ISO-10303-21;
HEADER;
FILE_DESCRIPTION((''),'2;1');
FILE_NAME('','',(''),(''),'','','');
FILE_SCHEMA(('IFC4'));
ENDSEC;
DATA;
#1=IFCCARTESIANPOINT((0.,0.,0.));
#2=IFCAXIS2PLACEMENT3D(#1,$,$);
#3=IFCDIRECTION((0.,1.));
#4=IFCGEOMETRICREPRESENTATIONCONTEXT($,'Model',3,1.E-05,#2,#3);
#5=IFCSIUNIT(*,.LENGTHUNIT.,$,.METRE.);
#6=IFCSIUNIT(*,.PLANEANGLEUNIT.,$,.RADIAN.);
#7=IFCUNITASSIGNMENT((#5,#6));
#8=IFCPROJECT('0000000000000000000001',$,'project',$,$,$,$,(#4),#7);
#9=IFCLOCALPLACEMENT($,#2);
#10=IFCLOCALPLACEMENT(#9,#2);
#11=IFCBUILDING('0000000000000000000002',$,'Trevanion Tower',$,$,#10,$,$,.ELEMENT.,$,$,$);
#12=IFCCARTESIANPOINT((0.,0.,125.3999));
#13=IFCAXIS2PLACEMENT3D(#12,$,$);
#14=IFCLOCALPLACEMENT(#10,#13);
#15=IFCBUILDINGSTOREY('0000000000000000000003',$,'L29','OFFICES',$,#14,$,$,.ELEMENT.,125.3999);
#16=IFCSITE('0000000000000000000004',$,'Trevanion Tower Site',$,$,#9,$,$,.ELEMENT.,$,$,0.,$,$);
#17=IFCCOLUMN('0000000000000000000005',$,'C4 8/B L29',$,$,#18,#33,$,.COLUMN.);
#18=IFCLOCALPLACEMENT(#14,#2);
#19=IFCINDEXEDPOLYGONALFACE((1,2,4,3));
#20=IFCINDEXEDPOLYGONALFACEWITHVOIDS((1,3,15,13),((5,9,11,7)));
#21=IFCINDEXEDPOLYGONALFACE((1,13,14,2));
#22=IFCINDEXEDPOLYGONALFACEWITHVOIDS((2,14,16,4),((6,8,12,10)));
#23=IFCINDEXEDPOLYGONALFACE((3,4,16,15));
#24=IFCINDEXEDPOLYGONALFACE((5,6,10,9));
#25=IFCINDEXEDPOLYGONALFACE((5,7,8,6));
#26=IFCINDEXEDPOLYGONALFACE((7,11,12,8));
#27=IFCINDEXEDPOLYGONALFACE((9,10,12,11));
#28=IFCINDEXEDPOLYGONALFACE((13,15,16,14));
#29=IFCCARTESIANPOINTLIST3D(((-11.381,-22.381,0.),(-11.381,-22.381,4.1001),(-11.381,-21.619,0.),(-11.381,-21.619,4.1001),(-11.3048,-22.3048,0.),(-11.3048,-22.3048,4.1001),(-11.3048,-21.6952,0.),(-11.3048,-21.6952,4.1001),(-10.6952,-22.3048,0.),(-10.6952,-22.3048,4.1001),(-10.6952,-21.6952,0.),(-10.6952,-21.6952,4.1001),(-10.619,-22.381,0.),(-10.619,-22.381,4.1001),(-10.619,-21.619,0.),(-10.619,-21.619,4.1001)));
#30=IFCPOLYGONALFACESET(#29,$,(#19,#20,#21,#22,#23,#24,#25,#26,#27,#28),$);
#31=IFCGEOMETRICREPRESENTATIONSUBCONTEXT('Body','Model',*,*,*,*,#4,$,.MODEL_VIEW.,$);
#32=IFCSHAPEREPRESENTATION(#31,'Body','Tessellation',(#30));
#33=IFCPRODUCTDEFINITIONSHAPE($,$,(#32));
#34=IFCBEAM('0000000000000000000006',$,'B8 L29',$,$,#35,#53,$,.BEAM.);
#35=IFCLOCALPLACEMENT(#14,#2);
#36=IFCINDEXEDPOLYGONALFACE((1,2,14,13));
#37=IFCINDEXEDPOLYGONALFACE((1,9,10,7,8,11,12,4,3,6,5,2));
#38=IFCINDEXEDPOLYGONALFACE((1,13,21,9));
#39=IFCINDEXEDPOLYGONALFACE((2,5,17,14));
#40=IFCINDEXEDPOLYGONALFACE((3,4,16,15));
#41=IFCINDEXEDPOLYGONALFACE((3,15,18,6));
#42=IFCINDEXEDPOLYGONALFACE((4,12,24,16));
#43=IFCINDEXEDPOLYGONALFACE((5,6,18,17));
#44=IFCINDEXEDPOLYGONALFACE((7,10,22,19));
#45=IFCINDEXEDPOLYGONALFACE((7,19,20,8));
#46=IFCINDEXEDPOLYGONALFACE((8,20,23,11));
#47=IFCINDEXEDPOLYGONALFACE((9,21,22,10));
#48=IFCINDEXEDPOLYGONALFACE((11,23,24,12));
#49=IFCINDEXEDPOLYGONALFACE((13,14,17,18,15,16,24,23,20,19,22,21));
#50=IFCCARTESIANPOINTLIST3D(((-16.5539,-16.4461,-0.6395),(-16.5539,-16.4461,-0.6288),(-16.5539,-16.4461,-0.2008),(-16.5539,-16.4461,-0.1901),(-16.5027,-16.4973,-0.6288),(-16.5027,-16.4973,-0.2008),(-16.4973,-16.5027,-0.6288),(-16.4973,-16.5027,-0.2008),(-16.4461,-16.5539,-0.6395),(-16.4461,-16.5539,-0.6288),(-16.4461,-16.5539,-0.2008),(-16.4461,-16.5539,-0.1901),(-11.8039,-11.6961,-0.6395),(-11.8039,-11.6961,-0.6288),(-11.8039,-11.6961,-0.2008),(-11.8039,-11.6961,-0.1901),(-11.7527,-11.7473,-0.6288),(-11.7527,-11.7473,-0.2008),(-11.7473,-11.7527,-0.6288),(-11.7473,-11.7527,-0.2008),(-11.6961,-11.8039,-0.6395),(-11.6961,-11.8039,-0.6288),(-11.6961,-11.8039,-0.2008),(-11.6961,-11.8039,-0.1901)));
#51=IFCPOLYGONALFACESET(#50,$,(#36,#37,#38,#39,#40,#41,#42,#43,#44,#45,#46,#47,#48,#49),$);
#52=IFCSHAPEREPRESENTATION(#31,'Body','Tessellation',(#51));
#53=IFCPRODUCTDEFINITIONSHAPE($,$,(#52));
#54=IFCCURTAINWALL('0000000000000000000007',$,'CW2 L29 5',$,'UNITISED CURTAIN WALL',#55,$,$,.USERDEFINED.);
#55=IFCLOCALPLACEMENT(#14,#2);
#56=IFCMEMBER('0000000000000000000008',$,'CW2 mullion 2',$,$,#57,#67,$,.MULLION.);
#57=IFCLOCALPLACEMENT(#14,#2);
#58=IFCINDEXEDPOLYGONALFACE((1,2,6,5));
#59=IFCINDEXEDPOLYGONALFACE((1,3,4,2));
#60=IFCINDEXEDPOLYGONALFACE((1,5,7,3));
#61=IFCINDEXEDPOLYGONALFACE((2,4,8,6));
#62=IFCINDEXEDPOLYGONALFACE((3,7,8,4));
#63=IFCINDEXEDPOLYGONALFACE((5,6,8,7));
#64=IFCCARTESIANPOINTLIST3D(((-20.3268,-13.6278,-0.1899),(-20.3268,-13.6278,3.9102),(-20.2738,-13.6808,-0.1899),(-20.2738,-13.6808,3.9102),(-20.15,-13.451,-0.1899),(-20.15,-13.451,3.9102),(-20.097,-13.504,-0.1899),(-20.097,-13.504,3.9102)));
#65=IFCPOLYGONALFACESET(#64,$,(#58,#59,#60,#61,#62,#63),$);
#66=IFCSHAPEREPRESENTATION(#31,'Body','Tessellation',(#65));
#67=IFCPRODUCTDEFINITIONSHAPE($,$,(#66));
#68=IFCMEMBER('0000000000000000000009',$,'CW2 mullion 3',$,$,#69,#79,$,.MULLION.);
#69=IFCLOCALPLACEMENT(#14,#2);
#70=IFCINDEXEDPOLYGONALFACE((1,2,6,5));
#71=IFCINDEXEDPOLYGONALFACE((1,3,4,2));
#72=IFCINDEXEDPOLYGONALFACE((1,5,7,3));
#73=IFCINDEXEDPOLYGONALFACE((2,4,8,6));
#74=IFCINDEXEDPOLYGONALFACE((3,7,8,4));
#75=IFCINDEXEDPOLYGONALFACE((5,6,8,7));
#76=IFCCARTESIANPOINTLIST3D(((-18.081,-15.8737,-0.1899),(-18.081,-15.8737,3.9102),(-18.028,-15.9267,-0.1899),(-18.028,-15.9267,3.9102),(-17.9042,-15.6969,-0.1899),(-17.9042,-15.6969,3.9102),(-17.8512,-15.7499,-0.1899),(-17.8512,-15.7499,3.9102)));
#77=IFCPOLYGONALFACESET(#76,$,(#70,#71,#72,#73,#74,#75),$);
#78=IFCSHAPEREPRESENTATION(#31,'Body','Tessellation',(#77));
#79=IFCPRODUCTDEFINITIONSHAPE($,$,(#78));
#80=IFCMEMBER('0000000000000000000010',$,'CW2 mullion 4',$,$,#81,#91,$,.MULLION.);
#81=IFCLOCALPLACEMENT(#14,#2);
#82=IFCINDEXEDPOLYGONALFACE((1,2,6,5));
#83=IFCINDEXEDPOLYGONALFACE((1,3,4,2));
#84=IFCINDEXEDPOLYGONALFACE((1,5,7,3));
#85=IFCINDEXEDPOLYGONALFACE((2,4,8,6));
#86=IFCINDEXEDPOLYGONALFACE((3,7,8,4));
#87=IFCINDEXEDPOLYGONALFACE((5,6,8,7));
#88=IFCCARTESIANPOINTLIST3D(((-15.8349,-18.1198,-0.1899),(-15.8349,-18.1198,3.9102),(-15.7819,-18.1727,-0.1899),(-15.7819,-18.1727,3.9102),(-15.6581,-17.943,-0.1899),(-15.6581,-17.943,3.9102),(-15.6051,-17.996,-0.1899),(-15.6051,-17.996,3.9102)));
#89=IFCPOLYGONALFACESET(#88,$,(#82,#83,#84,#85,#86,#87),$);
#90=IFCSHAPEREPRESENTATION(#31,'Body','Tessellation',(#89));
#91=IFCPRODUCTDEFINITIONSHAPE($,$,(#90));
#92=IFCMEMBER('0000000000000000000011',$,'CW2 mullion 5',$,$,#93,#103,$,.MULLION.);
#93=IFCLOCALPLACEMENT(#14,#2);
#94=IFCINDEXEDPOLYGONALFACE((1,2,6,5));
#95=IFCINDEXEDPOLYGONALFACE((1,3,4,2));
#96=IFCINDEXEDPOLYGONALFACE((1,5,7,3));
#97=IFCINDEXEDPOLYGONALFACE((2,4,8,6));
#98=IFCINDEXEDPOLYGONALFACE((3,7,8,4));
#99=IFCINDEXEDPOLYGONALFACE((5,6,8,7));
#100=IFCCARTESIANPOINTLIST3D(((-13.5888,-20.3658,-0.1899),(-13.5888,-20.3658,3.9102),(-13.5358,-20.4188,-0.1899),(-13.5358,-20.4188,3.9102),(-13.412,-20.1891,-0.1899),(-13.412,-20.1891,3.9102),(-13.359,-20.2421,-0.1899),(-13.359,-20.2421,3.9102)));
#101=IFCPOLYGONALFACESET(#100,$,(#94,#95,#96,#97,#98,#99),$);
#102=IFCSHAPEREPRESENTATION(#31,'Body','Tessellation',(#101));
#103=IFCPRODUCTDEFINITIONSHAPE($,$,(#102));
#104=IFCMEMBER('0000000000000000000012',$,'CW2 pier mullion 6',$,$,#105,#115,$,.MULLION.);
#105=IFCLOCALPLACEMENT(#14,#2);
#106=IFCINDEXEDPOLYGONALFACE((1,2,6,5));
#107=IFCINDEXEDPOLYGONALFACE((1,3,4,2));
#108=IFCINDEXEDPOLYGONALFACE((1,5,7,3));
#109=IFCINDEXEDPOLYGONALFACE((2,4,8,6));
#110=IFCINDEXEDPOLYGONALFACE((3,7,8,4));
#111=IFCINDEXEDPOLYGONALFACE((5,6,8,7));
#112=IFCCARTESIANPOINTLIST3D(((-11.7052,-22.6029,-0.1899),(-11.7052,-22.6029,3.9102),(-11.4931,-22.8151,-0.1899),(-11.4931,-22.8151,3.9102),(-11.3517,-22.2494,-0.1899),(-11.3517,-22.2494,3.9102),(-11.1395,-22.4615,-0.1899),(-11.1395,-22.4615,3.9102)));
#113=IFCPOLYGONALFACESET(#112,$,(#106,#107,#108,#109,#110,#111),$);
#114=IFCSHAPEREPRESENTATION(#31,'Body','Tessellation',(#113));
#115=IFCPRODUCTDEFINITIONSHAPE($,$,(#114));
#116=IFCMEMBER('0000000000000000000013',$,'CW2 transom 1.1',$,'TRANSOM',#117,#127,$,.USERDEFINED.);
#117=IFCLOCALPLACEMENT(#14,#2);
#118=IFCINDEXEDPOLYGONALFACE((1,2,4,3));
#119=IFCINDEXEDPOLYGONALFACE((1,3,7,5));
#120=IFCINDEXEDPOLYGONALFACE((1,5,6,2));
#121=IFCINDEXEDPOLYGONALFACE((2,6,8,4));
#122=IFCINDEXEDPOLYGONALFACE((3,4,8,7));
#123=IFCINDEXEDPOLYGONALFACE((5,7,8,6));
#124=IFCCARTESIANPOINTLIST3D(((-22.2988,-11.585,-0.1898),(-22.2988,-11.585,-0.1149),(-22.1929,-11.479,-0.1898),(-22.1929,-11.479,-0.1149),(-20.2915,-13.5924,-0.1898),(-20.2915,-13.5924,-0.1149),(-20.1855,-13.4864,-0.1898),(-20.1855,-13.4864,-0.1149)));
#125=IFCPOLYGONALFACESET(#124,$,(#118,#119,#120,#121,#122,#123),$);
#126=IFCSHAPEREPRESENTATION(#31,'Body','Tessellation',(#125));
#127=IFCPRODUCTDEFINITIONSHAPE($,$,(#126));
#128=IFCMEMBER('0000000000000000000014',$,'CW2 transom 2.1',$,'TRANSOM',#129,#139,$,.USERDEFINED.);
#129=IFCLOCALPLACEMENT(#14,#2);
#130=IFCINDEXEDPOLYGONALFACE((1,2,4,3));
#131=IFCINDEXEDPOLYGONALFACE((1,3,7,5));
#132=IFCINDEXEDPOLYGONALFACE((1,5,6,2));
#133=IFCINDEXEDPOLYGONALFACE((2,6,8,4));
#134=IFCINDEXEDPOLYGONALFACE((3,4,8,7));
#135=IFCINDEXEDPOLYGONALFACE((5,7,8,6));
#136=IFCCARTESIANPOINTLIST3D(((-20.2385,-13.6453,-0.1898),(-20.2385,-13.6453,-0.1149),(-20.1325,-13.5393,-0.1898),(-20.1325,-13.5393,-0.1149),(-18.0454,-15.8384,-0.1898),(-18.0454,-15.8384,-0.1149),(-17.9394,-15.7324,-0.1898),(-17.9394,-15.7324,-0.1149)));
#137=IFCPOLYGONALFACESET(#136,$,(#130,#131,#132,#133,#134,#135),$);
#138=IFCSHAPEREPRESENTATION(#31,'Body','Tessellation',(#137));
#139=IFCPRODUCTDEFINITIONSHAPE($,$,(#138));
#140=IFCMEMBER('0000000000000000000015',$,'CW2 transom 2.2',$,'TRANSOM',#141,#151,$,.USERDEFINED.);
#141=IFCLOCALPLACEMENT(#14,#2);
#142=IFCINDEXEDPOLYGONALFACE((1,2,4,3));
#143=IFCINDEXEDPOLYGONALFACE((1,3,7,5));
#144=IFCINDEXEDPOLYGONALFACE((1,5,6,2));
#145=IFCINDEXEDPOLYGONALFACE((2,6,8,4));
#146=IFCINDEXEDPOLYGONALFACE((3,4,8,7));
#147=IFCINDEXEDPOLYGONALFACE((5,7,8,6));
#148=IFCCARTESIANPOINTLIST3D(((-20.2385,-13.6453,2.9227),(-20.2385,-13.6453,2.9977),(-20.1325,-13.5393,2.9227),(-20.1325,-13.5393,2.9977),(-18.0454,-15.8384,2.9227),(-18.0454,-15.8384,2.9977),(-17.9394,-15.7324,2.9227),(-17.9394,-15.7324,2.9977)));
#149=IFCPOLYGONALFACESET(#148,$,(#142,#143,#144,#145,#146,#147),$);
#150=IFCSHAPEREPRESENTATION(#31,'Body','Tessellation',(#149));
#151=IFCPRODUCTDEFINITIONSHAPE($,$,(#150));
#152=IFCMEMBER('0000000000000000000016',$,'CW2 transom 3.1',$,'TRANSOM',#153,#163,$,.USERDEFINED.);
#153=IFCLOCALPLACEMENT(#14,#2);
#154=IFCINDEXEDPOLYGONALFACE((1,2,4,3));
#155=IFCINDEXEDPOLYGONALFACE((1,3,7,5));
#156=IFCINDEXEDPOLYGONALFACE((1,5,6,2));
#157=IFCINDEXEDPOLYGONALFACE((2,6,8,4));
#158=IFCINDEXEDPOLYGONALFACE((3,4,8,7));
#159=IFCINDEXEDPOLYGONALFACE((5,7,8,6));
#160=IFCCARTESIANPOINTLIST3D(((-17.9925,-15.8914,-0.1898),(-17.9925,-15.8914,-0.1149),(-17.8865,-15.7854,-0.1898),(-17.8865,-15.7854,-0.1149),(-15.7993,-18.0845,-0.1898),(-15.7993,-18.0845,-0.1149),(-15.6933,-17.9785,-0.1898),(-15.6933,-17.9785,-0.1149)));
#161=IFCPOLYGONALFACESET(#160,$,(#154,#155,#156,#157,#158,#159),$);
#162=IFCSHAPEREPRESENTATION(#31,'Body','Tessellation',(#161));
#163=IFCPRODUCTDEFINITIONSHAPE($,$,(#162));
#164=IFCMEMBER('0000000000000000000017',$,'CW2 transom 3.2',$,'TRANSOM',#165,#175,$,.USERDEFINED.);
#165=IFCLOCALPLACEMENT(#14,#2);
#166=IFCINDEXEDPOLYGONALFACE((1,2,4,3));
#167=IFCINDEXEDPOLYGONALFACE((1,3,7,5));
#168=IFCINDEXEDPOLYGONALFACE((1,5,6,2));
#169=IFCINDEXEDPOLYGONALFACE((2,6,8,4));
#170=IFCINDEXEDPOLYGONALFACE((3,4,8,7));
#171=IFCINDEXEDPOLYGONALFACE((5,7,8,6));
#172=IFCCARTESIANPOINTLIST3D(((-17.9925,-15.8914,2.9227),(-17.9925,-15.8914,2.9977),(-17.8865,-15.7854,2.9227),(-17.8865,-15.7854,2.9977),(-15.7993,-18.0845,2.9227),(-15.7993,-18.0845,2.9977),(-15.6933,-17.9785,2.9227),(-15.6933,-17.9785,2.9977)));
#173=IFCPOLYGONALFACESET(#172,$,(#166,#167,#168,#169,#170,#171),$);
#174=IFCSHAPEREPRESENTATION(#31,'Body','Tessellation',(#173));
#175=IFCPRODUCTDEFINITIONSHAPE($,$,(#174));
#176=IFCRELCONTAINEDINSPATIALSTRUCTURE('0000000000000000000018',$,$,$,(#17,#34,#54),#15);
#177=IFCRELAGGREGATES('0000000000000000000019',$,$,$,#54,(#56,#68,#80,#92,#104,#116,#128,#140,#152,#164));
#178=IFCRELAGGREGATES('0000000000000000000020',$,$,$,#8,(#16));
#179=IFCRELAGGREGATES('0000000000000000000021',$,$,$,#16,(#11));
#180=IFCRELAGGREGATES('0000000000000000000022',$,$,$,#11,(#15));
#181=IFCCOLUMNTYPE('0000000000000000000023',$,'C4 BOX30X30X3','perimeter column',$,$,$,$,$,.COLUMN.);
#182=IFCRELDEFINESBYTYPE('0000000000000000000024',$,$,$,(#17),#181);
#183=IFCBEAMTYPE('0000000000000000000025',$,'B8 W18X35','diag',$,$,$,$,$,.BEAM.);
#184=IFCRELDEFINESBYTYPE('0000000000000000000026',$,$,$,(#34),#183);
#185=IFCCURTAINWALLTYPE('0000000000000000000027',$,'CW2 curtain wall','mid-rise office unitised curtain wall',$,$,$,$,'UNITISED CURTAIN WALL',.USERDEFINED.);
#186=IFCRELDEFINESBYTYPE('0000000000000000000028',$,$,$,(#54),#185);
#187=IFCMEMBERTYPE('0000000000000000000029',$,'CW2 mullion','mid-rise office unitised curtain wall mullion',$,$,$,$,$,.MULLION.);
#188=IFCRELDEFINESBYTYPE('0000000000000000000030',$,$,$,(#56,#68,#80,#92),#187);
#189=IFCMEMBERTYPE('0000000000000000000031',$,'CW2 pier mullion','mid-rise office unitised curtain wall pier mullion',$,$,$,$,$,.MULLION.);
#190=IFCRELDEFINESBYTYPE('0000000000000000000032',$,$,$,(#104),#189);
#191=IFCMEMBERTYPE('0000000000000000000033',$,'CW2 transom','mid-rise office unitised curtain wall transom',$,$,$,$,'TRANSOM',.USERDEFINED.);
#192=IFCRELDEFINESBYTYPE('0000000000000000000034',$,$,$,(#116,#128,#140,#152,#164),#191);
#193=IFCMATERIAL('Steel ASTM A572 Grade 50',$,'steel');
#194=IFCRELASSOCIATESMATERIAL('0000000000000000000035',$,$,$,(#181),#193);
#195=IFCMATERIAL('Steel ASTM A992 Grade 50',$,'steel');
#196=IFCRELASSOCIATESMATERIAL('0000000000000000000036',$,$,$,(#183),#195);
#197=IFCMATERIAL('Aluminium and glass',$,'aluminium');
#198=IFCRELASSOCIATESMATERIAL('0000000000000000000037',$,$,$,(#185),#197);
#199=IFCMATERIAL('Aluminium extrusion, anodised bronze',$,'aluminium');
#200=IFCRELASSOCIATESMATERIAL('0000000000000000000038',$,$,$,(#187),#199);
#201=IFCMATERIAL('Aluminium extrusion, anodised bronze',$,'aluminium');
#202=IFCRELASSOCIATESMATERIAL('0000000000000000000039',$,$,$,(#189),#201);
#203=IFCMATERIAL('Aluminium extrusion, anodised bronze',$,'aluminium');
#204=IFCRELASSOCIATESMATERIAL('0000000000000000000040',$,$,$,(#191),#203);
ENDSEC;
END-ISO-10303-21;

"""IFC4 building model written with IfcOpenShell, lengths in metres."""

from ifc_helpers import new_model, si_unit, direction, frame, origin, origin_2d, place, context, subcontext, project, spatial, rectangle, hollow_rectangle, i_section, extrude, material, material_profile, profile_set, type_object, element, aggregate, save


model = new_model("IFC4")

# Units and contexts
model_context = context("Model", 3, precision=1e-05, world=origin(), true_north=direction((0.0, 1.0)))
body_context = subcontext(model_context, "Body", "Model", "MODEL_VIEW")
ifc_project = project(units=[si_unit("LENGTHUNIT", "METRE"), si_unit("PLANEANGLEUNIT", "RADIAN")], contexts=[model_context])

# Site, building, storey
site_placement = place(None, origin())
site = spatial("IfcSite", under=ifc_project, at=site_placement, Name="Trevanion Tower Site", CompositionType="ELEMENT", RefElevation=0.0)
building_placement = place(site_placement, origin())
building = spatial("IfcBuilding", under=site, at=building_placement, Name="Trevanion Tower", CompositionType="ELEMENT")
storey_placement = place(building_placement, frame((0.0, 0.0, 125.3999)))
storey = spatial("IfcBuildingStorey", under=building, at=storey_placement, Name="L29", Description="OFFICES", CompositionType="ELEMENT", Elevation=125.3999)

# Column
ifc_material_1 = material(Name="Steel ASTM A572 Grade 50", Category="steel")
ifc_material_profile_1 = material_profile(ifc_material_1, hollow_rectangle(XDim=0.762, YDim=0.762, WallThickness=0.0762, at=origin_2d()), Name="BOX30X30X3")
ifc_profile_set_1 = profile_set([ifc_material_profile_1], Name="Steel ASTM A572 Grade 50")
column_type = type_object("IfcColumnType", Name="C4 BOX30X30X3", Description="perimeter column", PredefinedType="COLUMN", material=ifc_profile_set_1)
column_placement = place(storey_placement, frame((-11.0, -22.0, 0.0), z_axis=(0.0, 0.0, 1.0), x_axis=(1.0, 0.0, 0.0)))
element("IfcColumn", 1, at=column_placement, inside=storey, type_object=column_type, Name="C4 8/B L29", PredefinedType="COLUMN", context=body_context, shape_type="SweptSolid", body=[
    extrude(hollow_rectangle(XDim=0.762, YDim=0.762, WallThickness=0.0762, at=origin_2d()), origin(), (0.0, 0.0, 1.0), 4.1001),
])

# Beam
ifc_material_2 = material(Name="Steel ASTM A992 Grade 50", Category="steel")
ifc_material_profile_2 = material_profile(ifc_material_2, i_section(OverallWidth=0.1523, OverallDepth=0.4495, WebThickness=0.0076, FlangeThickness=0.0107, at=origin_2d()), Name="W18X35")
ifc_profile_set_2 = profile_set([ifc_material_profile_2], Name="Steel ASTM A992 Grade 50")
beam_type_1 = type_object("IfcBeamType", Name="B8 W18X35", Description="diag", PredefinedType="BEAM", material=ifc_profile_set_2)
beam_1_placement = place(storey_placement, frame((-11.75, -11.75, -0.4148), z_axis=(-0.707107, -0.707107, 0.0), x_axis=(0.707107, -0.707107, 0.0)))
element("IfcBeam", 2, at=beam_1_placement, inside=storey, type_object=beam_type_1, Name="B8 L29", PredefinedType="BEAM", context=body_context, shape_type="SweptSolid", body=[
    extrude(i_section(OverallWidth=0.1523, OverallDepth=0.4495, WebThickness=0.0076, FlangeThickness=0.0107, at=origin_2d()), origin(), (0.0, 0.0, 1.0), 6.7175),
])

# Curtain wall, members
ifc_material_3 = material(Name="Aluminium and glass", Category="aluminium")
curtain_wall_type = type_object("IfcCurtainWallType", Name="CW2 curtain wall", Description="mid-rise office unitised curtain wall", ElementType="UNITISED CURTAIN WALL", PredefinedType="USERDEFINED", material=ifc_material_3)
curtain_wall_placement = place(storey_placement, origin())
curtain_wall = element("IfcCurtainWall", 3, at=curtain_wall_placement, inside=storey, type_object=curtain_wall_type, Name="CW2 L29 5", ObjectType="UNITISED CURTAIN WALL", PredefinedType="USERDEFINED")
ifc_material_4 = material(Name="Aluminium extrusion, anodised bronze", Category="aluminium")
ifc_material_profile_3 = material_profile(ifc_material_4, rectangle(XDim=0.075, YDim=0.25, at=origin_2d()), Name="CW2 mullion")
ifc_profile_set_3 = profile_set([ifc_material_profile_3], Name="Aluminium extrusion, anodised bronze")
member_type_1 = type_object("IfcMemberType", Name="CW2 mullion", Description="mid-rise office unitised curtain wall mullion", PredefinedType="MULLION", material=ifc_profile_set_3)
member_1_placement = place(storey_placement, frame((-20.2119, -13.5659, -0.1899), z_axis=(0.0, 0.0, 1.0), x_axis=(0.707107, -0.707107, 0.0)))
member_1 = element("IfcMember", 4, at=member_1_placement, type_object=member_type_1, Name="CW2 mullion 2", PredefinedType="MULLION", context=body_context, shape_type="SweptSolid", body=[
    extrude(rectangle(XDim=0.075, YDim=0.25, at=origin_2d()), origin(), (0.0, 0.0, 1.0), 4.1001),
])
member_2_placement = place(storey_placement, frame((-17.9661, -15.8118, -0.1899), z_axis=(0.0, 0.0, 1.0), x_axis=(0.707107, -0.707107, 0.0)))
member_2 = element("IfcMember", 5, at=member_2_placement, type_object=member_type_1, Name="CW2 mullion 3", PredefinedType="MULLION", context=body_context, shape_type="SweptSolid", body=[
    extrude(rectangle(XDim=0.075, YDim=0.25, at=origin_2d()), origin(), (0.0, 0.0, 1.0), 4.1001),
])
member_3_placement = place(storey_placement, frame((-15.72, -18.0579, -0.1899), z_axis=(0.0, 0.0, 1.0), x_axis=(0.707107, -0.707107, 0.0)))
member_3 = element("IfcMember", 6, at=member_3_placement, type_object=member_type_1, Name="CW2 mullion 4", PredefinedType="MULLION", context=body_context, shape_type="SweptSolid", body=[
    extrude(rectangle(XDim=0.075, YDim=0.25, at=origin_2d()), origin(), (0.0, 0.0, 1.0), 4.1001),
])
member_4_placement = place(storey_placement, frame((-13.4739, -20.304, -0.1899), z_axis=(0.0, 0.0, 1.0), x_axis=(0.707107, -0.707107, 0.0)))
member_4 = element("IfcMember", 7, at=member_4_placement, type_object=member_type_1, Name="CW2 mullion 5", PredefinedType="MULLION", context=body_context, shape_type="SweptSolid", body=[
    extrude(rectangle(XDim=0.075, YDim=0.25, at=origin_2d()), origin(), (0.0, 0.0, 1.0), 4.1001),
])
ifc_material_5 = material(Name="Aluminium extrusion, anodised bronze", Category="aluminium")
ifc_material_profile_4 = material_profile(ifc_material_5, rectangle(XDim=0.3, YDim=0.5, at=origin_2d()), Name="CW2 pier mullion")
ifc_profile_set_4 = profile_set([ifc_material_profile_4], Name="Aluminium extrusion, anodised bronze")
member_type_2 = type_object("IfcMemberType", Name="CW2 pier mullion", Description="mid-rise office unitised curtain wall pier mullion", PredefinedType="MULLION", material=ifc_profile_set_4)
member_5_placement = place(storey_placement, frame((-11.4224, -22.5322, -0.1899), z_axis=(0.0, 0.0, 1.0), x_axis=(0.707107, -0.707107, 0.0)))
member_5 = element("IfcMember", 8, at=member_5_placement, type_object=member_type_2, Name="CW2 pier mullion 6", PredefinedType="MULLION", context=body_context, shape_type="SweptSolid", body=[
    extrude(rectangle(XDim=0.3, YDim=0.5, at=origin_2d()), origin(), (0.0, 0.0, 1.0), 4.1001),
])
ifc_material_6 = material(Name="Aluminium extrusion, anodised bronze", Category="aluminium")
ifc_material_profile_5 = material_profile(ifc_material_6, rectangle(XDim=0.1499, YDim=0.075, at=origin_2d()), Name="CW2 transom")
ifc_profile_set_5 = profile_set([ifc_material_profile_5], Name="Aluminium extrusion, anodised bronze")
member_type_3 = type_object("IfcMemberType", Name="CW2 transom", Description="mid-rise office unitised curtain wall transom", ElementType="TRANSOM", PredefinedType="USERDEFINED", material=ifc_profile_set_5)
member_6_placement = place(storey_placement, frame((-22.2458, -11.532, -0.1523), z_axis=(0.707107, -0.707107, 0.0), x_axis=(0.707107, 0.707107, 0.0)))
member_6 = element("IfcMember", 9, at=member_6_placement, type_object=member_type_3, Name="CW2 transom 1.1", ObjectType="TRANSOM", PredefinedType="USERDEFINED", context=body_context, shape_type="SweptSolid", body=[
    extrude(rectangle(XDim=0.1499, YDim=0.075, at=origin_2d()), origin(), (0.0, 0.0, 1.0), 2.8389),
])
member_7_placement = place(storey_placement, frame((-20.1855, -13.5923, -0.1523), z_axis=(0.707107, -0.707107, 0.0), x_axis=(0.707107, 0.707107, 0.0)))
member_7 = element("IfcMember", 10, at=member_7_placement, type_object=member_type_3, Name="CW2 transom 2.1", ObjectType="TRANSOM", PredefinedType="USERDEFINED", context=body_context, shape_type="SweptSolid", body=[
    extrude(rectangle(XDim=0.1499, YDim=0.075, at=origin_2d()), origin(), (0.0, 0.0, 1.0), 3.1016),
])
member_8_placement = place(storey_placement, frame((-20.1855, -13.5923, 2.9602), z_axis=(0.707107, -0.707107, 0.0), x_axis=(0.707107, 0.707107, 0.0)))
member_8 = element("IfcMember", 11, at=member_8_placement, type_object=member_type_3, Name="CW2 transom 2.2", ObjectType="TRANSOM", PredefinedType="USERDEFINED", context=body_context, shape_type="SweptSolid", body=[
    extrude(rectangle(XDim=0.1499, YDim=0.075, at=origin_2d()), origin(), (0.0, 0.0, 1.0), 3.1016),
])
member_9_placement = place(storey_placement, frame((-17.9395, -15.8384, -0.1523), z_axis=(0.707107, -0.707107, 0.0), x_axis=(0.707107, 0.707107, 0.0)))
member_9 = element("IfcMember", 12, at=member_9_placement, type_object=member_type_3, Name="CW2 transom 3.1", ObjectType="TRANSOM", PredefinedType="USERDEFINED", context=body_context, shape_type="SweptSolid", body=[
    extrude(rectangle(XDim=0.1499, YDim=0.075, at=origin_2d()), origin(), (0.0, 0.0, 1.0), 3.1016),
])
member_10_placement = place(storey_placement, frame((-17.9395, -15.8384, 2.9602), z_axis=(0.707107, -0.707107, 0.0), x_axis=(0.707107, 0.707107, 0.0)))
member_10 = element("IfcMember", 13, at=member_10_placement, type_object=member_type_3, Name="CW2 transom 3.2", ObjectType="TRANSOM", PredefinedType="USERDEFINED", context=body_context, shape_type="SweptSolid", body=[
    extrude(rectangle(XDim=0.1499, YDim=0.075, at=origin_2d()), origin(), (0.0, 0.0, 1.0), 3.1016),
])

aggregate(curtain_wall, [member_1, member_2, member_3, member_4, member_5, member_6, member_7, member_8, member_9, member_10])

save(model, "model.ifc")
